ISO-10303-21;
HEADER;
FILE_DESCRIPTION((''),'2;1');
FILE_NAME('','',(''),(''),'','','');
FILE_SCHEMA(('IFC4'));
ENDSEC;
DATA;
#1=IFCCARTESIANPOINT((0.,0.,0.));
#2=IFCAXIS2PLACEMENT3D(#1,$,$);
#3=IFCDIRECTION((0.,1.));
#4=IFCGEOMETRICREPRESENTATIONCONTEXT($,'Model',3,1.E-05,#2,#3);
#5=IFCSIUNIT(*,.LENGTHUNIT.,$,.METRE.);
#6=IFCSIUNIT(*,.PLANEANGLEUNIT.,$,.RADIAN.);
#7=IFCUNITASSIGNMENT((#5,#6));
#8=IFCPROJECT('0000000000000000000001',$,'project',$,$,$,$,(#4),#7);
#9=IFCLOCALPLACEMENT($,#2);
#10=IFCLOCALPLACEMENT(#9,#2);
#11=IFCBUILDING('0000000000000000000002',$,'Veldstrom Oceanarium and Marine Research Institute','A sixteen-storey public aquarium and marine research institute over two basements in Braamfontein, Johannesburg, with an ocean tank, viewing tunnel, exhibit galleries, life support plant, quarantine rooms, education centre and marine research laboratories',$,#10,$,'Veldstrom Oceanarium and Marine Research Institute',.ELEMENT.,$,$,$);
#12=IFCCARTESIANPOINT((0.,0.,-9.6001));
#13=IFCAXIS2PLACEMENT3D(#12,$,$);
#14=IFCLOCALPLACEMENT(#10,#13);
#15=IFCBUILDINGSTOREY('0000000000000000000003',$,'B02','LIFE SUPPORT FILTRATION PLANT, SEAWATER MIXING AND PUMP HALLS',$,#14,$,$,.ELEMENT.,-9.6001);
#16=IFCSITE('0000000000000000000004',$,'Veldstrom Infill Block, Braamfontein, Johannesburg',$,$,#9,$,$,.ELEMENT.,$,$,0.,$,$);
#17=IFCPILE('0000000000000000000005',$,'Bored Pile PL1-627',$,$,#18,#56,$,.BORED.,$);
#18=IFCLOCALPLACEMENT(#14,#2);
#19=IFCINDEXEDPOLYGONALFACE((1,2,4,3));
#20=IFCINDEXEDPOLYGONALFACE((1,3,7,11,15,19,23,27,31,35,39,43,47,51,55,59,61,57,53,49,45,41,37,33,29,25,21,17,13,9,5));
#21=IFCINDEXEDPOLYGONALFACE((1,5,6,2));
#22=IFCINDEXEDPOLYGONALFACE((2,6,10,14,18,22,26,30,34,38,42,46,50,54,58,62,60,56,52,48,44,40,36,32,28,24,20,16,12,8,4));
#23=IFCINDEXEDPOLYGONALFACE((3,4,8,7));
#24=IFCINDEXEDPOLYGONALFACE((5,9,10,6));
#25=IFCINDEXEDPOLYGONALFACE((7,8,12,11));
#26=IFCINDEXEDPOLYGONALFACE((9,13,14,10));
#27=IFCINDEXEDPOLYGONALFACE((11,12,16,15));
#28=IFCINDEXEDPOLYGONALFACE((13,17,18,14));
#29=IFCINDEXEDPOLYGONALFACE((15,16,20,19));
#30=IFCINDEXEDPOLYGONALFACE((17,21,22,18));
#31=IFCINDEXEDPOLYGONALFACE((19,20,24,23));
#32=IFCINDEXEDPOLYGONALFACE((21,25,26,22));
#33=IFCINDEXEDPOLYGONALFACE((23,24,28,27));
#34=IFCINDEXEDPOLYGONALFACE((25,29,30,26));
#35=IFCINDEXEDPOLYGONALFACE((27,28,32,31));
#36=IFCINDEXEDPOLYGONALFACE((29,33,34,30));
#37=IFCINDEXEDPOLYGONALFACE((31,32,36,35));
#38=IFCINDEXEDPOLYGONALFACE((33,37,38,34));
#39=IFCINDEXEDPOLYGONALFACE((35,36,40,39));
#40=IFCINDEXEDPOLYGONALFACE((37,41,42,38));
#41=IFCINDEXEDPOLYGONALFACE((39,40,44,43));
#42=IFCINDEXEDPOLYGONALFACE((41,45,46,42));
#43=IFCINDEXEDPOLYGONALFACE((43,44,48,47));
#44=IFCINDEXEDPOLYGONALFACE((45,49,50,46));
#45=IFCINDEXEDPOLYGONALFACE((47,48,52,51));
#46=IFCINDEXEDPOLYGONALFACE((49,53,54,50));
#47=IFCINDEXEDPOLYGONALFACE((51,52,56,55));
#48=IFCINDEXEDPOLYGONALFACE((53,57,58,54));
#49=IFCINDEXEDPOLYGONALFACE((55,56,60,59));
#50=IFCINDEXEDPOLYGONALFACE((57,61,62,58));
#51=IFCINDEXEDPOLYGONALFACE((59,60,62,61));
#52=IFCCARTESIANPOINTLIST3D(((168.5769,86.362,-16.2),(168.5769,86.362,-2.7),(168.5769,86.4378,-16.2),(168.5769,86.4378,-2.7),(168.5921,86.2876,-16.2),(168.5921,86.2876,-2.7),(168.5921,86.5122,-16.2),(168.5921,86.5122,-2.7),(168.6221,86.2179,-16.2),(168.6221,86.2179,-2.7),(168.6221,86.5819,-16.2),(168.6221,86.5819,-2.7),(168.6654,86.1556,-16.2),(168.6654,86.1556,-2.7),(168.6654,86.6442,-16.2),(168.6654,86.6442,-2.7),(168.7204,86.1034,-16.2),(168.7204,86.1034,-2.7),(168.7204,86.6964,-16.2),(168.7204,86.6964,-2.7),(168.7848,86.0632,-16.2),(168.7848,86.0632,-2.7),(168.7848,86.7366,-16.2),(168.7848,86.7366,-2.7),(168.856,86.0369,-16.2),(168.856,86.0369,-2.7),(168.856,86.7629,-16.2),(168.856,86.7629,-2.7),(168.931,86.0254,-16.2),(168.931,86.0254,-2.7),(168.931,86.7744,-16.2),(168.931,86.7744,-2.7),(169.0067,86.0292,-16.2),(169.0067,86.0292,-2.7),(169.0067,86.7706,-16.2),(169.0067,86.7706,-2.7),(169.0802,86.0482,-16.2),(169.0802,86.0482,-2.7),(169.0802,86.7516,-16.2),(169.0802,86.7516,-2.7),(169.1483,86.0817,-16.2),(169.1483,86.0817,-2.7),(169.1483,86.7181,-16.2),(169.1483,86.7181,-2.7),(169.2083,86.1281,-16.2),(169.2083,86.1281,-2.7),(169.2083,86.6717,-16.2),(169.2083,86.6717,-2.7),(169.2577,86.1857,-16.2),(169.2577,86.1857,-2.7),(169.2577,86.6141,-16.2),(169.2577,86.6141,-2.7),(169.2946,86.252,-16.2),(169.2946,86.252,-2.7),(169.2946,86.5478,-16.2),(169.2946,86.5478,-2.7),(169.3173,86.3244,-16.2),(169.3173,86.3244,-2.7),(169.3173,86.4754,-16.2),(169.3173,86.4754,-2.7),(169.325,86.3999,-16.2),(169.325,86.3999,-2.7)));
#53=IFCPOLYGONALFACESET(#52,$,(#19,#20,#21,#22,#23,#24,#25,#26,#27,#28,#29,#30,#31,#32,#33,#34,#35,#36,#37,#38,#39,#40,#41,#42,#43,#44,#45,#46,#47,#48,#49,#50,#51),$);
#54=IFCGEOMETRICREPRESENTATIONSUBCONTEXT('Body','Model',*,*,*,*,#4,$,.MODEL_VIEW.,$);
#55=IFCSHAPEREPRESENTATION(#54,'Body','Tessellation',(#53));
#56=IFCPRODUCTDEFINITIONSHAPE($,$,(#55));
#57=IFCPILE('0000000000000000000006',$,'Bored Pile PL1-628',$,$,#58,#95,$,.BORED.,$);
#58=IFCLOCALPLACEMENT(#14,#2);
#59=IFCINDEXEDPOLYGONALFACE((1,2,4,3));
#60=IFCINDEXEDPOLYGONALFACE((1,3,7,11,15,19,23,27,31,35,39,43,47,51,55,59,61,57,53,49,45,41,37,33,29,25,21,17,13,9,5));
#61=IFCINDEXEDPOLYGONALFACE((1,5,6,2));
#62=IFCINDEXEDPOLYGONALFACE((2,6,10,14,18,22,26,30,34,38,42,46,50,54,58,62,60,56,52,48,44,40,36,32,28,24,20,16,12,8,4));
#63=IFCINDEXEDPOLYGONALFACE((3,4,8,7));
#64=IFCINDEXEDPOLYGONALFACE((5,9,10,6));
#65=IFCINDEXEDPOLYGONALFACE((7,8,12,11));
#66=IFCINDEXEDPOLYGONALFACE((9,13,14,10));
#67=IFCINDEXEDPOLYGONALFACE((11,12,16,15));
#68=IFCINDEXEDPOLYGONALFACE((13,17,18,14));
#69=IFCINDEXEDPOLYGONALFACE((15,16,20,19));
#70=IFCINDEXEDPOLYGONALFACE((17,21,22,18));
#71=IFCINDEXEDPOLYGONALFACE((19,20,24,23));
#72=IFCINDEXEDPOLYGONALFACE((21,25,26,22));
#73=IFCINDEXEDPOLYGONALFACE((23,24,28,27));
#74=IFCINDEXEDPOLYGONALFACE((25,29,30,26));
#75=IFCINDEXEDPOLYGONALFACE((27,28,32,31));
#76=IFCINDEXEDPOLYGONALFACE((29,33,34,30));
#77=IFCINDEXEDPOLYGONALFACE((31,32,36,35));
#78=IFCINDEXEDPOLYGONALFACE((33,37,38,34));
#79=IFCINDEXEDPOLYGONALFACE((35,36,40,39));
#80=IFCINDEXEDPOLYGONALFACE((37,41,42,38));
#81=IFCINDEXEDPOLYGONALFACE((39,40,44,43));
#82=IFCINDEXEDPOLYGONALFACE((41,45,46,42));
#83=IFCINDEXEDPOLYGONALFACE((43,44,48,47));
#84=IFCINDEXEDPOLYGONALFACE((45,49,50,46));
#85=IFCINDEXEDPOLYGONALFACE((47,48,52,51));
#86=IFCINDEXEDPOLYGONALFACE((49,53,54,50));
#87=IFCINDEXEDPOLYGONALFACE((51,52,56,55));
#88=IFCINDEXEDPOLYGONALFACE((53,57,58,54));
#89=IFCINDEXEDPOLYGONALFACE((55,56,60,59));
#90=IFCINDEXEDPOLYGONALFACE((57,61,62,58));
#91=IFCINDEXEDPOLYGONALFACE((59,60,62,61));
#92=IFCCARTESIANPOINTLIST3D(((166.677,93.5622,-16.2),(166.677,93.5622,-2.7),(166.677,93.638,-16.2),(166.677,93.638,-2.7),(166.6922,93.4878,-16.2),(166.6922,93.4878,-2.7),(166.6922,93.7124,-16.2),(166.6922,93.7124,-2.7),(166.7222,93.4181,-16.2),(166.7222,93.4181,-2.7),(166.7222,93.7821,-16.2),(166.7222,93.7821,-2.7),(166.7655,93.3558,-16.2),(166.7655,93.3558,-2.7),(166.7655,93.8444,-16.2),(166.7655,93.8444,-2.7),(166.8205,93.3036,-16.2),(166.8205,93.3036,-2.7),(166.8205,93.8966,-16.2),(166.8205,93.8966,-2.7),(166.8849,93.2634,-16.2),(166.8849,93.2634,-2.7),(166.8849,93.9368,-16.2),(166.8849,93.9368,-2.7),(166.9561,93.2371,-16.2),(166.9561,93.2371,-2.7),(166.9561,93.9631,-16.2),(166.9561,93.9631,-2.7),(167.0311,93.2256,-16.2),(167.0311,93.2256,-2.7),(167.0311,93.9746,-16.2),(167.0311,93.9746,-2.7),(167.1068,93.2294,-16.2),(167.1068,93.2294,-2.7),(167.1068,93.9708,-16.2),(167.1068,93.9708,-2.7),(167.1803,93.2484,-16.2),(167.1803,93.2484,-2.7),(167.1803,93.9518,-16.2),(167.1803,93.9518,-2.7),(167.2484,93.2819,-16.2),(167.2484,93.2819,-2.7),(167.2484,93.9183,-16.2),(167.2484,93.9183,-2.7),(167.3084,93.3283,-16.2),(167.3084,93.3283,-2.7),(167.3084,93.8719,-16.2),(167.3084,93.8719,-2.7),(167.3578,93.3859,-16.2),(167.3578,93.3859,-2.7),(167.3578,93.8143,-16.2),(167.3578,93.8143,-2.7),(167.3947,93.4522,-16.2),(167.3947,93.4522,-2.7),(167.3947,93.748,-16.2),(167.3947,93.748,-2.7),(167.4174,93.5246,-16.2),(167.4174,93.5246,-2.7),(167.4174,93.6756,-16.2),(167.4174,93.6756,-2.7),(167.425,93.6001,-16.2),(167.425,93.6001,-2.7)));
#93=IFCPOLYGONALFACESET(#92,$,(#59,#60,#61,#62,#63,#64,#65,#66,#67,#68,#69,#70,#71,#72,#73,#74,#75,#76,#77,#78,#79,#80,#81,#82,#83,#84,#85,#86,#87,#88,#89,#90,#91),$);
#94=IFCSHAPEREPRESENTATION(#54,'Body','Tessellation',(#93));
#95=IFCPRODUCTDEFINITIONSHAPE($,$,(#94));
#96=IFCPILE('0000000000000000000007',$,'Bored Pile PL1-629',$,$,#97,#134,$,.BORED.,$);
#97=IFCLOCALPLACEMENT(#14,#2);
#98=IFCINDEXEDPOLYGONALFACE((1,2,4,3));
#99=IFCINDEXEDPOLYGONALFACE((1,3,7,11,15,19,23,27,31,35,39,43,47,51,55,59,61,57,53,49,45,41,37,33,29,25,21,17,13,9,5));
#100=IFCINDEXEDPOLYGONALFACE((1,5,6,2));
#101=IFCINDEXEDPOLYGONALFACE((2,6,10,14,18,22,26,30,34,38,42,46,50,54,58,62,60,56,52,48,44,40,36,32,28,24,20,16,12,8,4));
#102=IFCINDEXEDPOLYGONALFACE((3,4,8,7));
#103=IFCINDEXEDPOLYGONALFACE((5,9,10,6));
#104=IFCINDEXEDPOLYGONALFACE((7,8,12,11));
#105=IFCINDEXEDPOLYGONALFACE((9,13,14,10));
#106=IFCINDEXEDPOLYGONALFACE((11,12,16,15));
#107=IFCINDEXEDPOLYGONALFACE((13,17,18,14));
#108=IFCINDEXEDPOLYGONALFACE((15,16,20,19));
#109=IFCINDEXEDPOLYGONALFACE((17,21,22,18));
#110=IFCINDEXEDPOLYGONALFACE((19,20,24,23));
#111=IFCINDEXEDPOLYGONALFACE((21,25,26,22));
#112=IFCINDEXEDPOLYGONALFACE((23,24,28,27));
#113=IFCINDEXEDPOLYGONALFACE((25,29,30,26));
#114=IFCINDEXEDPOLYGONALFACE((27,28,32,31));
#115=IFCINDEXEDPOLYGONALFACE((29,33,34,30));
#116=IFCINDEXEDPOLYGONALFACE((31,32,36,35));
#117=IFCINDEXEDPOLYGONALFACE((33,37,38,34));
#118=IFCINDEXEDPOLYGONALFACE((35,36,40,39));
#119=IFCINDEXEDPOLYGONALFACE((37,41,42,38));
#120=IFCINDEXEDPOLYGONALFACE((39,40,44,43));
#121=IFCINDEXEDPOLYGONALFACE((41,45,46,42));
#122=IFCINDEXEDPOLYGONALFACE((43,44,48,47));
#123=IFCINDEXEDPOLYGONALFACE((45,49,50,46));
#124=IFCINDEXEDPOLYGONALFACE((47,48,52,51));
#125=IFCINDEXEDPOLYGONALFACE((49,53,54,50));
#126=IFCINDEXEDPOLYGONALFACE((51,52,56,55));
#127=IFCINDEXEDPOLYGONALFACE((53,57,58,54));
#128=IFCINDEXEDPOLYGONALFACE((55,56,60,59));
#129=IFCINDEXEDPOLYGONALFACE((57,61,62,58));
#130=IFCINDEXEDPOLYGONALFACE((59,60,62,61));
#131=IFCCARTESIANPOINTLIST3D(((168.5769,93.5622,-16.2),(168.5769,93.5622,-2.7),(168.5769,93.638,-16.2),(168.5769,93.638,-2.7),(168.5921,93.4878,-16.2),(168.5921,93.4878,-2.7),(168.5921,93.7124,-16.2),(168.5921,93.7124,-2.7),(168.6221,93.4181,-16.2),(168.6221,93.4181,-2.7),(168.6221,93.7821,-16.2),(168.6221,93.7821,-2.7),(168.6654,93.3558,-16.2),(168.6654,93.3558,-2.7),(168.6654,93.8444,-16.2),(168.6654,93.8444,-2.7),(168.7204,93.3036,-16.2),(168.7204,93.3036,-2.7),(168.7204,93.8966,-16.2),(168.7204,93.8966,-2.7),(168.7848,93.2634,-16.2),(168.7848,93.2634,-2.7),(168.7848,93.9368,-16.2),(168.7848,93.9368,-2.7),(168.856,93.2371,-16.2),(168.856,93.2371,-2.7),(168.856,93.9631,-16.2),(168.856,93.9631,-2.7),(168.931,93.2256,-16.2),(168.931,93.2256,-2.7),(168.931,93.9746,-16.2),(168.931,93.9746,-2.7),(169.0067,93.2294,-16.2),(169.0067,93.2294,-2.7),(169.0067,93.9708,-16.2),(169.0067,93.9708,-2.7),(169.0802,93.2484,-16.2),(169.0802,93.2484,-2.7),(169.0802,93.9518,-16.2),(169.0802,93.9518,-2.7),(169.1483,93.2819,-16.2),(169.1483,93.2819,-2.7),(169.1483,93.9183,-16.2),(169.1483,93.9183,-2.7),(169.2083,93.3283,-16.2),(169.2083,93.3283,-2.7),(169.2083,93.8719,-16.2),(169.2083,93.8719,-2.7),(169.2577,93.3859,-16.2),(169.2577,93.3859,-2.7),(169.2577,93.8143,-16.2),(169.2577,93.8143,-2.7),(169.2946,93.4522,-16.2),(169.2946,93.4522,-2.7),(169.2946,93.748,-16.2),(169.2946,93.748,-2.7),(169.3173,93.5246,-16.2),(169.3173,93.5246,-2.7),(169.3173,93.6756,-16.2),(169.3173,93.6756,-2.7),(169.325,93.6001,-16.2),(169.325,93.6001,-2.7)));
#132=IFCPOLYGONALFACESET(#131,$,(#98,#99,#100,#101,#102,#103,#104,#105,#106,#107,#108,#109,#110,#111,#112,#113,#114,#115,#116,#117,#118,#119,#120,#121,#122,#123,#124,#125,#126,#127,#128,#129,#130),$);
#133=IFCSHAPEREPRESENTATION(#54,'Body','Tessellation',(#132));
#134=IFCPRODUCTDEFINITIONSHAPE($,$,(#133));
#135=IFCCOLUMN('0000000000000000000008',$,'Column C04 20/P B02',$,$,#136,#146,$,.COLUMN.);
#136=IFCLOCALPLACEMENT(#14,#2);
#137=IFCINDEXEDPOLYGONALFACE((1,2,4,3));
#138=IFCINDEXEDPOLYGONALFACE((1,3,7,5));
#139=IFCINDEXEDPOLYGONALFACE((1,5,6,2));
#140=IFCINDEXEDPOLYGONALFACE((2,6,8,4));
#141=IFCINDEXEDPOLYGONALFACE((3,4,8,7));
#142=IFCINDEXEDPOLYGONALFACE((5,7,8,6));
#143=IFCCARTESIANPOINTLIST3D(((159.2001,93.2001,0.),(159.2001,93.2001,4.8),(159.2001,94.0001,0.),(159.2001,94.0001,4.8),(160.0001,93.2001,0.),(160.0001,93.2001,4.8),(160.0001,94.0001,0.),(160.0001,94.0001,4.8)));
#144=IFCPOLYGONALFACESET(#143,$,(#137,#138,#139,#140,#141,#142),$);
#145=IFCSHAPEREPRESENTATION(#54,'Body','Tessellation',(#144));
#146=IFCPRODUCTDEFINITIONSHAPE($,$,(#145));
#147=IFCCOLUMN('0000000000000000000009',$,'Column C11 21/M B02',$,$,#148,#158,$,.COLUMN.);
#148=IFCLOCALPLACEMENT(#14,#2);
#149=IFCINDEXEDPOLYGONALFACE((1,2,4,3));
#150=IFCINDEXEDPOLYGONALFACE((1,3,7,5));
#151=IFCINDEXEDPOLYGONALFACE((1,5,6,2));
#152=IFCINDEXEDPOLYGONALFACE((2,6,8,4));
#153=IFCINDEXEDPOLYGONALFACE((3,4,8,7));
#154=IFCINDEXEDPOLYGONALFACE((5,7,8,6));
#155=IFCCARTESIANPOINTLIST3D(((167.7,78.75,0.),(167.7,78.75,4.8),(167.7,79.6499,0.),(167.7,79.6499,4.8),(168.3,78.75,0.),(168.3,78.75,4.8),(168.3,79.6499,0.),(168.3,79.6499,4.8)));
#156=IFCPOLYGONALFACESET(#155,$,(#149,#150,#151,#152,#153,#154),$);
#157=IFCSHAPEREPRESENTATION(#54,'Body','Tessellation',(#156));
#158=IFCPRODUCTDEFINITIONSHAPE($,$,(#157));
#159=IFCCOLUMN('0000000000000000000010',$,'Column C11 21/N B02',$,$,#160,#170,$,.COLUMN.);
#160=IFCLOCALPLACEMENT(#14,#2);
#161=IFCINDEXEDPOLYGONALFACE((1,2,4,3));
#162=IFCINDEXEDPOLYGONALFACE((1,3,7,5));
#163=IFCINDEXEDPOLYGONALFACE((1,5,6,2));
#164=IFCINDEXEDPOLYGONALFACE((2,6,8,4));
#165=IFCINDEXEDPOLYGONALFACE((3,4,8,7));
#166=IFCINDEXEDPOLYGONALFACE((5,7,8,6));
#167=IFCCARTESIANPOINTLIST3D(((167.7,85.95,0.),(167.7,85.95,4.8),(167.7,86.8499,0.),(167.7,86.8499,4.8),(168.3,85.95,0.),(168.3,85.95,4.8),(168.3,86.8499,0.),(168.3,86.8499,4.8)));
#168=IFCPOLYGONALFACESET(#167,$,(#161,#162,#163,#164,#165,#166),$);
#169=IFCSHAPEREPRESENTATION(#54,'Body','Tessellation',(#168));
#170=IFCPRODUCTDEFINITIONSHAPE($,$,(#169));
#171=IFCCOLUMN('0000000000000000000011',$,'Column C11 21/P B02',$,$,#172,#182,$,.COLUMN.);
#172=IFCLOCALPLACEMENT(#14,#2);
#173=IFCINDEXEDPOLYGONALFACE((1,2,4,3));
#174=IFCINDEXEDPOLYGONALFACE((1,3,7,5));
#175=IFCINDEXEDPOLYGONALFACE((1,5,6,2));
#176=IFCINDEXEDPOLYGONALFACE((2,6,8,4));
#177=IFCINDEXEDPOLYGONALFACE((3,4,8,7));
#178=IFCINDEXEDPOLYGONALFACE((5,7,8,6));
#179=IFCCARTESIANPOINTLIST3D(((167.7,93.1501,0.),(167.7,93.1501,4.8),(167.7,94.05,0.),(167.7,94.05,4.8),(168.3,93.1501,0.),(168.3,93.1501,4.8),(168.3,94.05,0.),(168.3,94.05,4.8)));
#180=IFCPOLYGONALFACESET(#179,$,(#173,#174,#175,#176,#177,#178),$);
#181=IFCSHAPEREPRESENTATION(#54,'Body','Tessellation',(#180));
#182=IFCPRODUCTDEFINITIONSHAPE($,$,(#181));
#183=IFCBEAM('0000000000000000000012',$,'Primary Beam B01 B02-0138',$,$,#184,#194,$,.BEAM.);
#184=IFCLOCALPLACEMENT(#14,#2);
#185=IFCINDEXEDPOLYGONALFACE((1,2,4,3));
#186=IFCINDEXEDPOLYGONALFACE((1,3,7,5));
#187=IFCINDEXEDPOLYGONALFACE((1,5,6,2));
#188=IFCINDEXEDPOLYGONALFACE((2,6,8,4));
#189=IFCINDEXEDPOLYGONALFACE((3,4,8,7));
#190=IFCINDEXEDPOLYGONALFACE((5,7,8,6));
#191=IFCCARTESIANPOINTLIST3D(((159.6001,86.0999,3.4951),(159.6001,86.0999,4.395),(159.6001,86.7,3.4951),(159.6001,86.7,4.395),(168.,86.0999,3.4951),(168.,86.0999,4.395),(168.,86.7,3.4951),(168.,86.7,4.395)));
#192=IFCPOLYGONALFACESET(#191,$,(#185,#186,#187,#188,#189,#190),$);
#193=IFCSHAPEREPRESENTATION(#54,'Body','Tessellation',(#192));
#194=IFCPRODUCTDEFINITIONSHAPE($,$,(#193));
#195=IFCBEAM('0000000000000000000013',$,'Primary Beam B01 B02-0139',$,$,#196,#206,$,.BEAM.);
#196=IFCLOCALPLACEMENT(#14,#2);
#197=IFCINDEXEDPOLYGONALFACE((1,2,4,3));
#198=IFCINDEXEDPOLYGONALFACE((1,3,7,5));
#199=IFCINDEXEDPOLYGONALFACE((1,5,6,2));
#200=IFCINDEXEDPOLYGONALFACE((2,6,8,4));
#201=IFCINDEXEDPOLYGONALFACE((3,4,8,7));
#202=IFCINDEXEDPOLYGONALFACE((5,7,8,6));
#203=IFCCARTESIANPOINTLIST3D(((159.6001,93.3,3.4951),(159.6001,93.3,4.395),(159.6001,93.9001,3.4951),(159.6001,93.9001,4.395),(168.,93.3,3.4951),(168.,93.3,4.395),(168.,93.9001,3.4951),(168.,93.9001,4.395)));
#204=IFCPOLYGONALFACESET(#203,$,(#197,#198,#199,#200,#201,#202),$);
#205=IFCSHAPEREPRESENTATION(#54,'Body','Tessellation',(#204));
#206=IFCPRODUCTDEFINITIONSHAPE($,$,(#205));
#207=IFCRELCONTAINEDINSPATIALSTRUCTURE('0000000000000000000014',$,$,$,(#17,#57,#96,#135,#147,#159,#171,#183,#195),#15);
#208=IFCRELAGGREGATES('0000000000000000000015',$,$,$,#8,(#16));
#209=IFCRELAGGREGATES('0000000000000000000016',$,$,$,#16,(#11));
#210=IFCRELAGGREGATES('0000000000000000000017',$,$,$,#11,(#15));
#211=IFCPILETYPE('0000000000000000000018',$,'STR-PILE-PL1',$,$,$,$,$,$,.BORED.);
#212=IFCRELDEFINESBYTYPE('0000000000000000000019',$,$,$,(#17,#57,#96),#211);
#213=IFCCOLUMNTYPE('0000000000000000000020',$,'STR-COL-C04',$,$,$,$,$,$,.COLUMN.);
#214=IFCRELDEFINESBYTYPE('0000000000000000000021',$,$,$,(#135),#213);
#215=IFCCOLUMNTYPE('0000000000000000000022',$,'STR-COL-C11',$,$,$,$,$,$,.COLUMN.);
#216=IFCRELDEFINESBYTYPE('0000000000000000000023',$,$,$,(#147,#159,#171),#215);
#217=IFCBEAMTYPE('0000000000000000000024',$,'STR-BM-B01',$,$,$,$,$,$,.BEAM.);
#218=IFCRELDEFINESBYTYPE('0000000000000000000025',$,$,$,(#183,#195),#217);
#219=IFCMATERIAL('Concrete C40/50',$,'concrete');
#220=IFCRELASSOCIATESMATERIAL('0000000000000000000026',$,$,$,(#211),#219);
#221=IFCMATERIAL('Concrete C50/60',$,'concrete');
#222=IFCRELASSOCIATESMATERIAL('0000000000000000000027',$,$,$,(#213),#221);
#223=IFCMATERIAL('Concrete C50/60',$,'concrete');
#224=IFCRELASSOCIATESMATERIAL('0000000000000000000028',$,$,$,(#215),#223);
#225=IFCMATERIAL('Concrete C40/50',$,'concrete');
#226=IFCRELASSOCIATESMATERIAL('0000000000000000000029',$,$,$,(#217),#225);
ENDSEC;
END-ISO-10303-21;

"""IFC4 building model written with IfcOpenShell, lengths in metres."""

from ifc_helpers import new_model, si_unit, direction, frame, origin, origin_2d, place, context, subcontext, project, spatial, rectangle, circle, extrude, material, material_profile, profile_set, type_object, element, save


model = new_model("IFC4")

# Units and contexts
model_context = context("Model", 3, precision=1e-05, world=origin(), true_north=direction((0.0, 1.0)))
body_context = subcontext(model_context, "Body", "Model", "MODEL_VIEW")
ifc_project = project(units=[si_unit("LENGTHUNIT", "METRE"), si_unit("PLANEANGLEUNIT", "RADIAN")], contexts=[model_context])

# Site, building, storey
site_placement = place(None, origin())
site = spatial("IfcSite", under=ifc_project, at=site_placement, Name="Veldstrom Infill Block, Braamfontein, Johannesburg", CompositionType="ELEMENT", RefElevation=0.0)
building_placement = place(site_placement, origin())
building = spatial("IfcBuilding", under=site, at=building_placement, Name="Veldstrom Oceanarium and Marine Research Institute", Description="A sixteen-storey public aquarium and marine research institute over two basements in Braamfontein, Johannesburg, with an ocean tank, viewing tunnel, exhibit galleries, life support plant, quarantine rooms, education centre and marine research laboratories", LongName="Veldstrom Oceanarium and Marine Research Institute", CompositionType="ELEMENT")
storey_placement = place(building_placement, frame((0.0, 0.0, -9.6001)))
storey = spatial("IfcBuildingStorey", under=building, at=storey_placement, Name="B02", Description="LIFE SUPPORT FILTRATION PLANT, SEAWATER MIXING AND PUMP HALLS", CompositionType="ELEMENT", Elevation=-9.6001)

# Piles
ifc_material_1 = material(Name="Concrete C40/50", Category="concrete")
ifc_material_profile_1 = material_profile(ifc_material_1, circle(Radius=0.375, at=origin_2d()), Name="PILE-D750")
ifc_profile_set_1 = profile_set([ifc_material_profile_1], Name="Concrete C40/50")
pile_type = type_object("IfcPileType", Name="STR-PILE-PL1", PredefinedType="BORED", material=ifc_profile_set_1)
for number, where, z_axis, x_axis, name in (
    (1, (168.95, 86.3999, -2.7), (0.0, 0.0, -1.0), (1.0, 0.0, 0.0), "Bored Pile PL1-627"),
    (2, (167.05, 93.6001, -2.7), (0.0, 0.0, -1.0), (1.0, 0.0, 0.0), "Bored Pile PL1-628"),
    (3, (168.95, 93.6001, -2.7), (0.0, 0.0, -1.0), (1.0, 0.0, 0.0), "Bored Pile PL1-629"),
):
    element("IfcPile", number, at=place(storey_placement, frame(where, z_axis=z_axis, x_axis=x_axis)), inside=storey, type_object=pile_type, Name=name, PredefinedType="BORED", context=body_context, shape_type="SweptSolid", body=[
        extrude(circle(Radius=0.375, at=origin_2d()), origin(), (0.0, 0.0, 1.0), 13.5),
    ])

# Columns
ifc_material_2 = material(Name="Concrete C50/60", Category="concrete")
ifc_material_profile_2 = material_profile(ifc_material_2, rectangle(XDim=0.8, YDim=0.8, at=origin_2d()), Name="RC-COL-800x800")
ifc_profile_set_2 = profile_set([ifc_material_profile_2], Name="Concrete C50/60")
column_type_1 = type_object("IfcColumnType", Name="STR-COL-C04", PredefinedType="COLUMN", material=ifc_profile_set_2)
column_placement = place(storey_placement, frame((159.6001, 93.6001, 0.0), z_axis=(0.0, 0.0, 1.0), x_axis=(1.0, 0.0, 0.0)))
element("IfcColumn", 4, at=column_placement, inside=storey, type_object=column_type_1, Name="Column C04 20/P B02", PredefinedType="COLUMN", context=body_context, shape_type="SweptSolid", body=[
    extrude(rectangle(XDim=0.8, YDim=0.8, at=origin_2d()), origin(), (0.0, 0.0, 1.0), 4.8),
])
ifc_material_3 = material(Name="Concrete C50/60", Category="concrete")
ifc_material_profile_3 = material_profile(ifc_material_3, rectangle(XDim=0.6001, YDim=0.8999, at=origin_2d()), Name="RC-COL-900x600")
ifc_profile_set_3 = profile_set([ifc_material_profile_3], Name="Concrete C50/60")
column_type_2 = type_object("IfcColumnType", Name="STR-COL-C11", PredefinedType="COLUMN", material=ifc_profile_set_3)
for number, where, z_axis, x_axis, name in (
    (5, (168.0, 79.2, 0.0), (0.0, 0.0, 1.0), (1.0, 0.0, 0.0), "Column C11 21/M B02"),
    (6, (168.0, 86.3999, 0.0), (0.0, 0.0, 1.0), (1.0, 0.0, 0.0), "Column C11 21/N B02"),
    (7, (168.0, 93.6001, 0.0), (0.0, 0.0, 1.0), (1.0, 0.0, 0.0), "Column C11 21/P B02"),
):
    element("IfcColumn", number, at=place(storey_placement, frame(where, z_axis=z_axis, x_axis=x_axis)), inside=storey, type_object=column_type_2, Name=name, PredefinedType="COLUMN", context=body_context, shape_type="SweptSolid", body=[
        extrude(rectangle(XDim=0.6001, YDim=0.8999, at=origin_2d()), origin(), (0.0, 0.0, 1.0), 4.8),
    ])

# Beams
ifc_material_4 = material(Name="Concrete C40/50", Category="concrete")
ifc_material_profile_4 = material_profile(ifc_material_4, rectangle(XDim=0.6001, YDim=0.8999, at=origin_2d()), Name="RC-BM-600x900")
ifc_profile_set_4 = profile_set([ifc_material_profile_4], Name="Concrete C40/50")
beam_type_1 = type_object("IfcBeamType", Name="STR-BM-B01", PredefinedType="BEAM", material=ifc_profile_set_4)
for number, where, z_axis, x_axis, name in (
    (8, (159.6001, 86.3999, 3.9451), (1.0, 0.0, 0.0), (0.0, 1.0, 0.0), "Primary Beam B01 B02-0138"),
    (9, (159.6001, 93.6001, 3.9451), (1.0, 0.0, 0.0), (0.0, 1.0, 0.0), "Primary Beam B01 B02-0139"),
):
    element("IfcBeam", number, at=place(storey_placement, frame(where, z_axis=z_axis, x_axis=x_axis)), inside=storey, type_object=beam_type_1, Name=name, PredefinedType="BEAM", context=body_context, shape_type="SweptSolid", body=[
        extrude(rectangle(XDim=0.6001, YDim=0.8999, at=origin_2d()), origin(), (0.0, 0.0, 1.0), 8.3999),
    ])

save(model, "model.ifc")
